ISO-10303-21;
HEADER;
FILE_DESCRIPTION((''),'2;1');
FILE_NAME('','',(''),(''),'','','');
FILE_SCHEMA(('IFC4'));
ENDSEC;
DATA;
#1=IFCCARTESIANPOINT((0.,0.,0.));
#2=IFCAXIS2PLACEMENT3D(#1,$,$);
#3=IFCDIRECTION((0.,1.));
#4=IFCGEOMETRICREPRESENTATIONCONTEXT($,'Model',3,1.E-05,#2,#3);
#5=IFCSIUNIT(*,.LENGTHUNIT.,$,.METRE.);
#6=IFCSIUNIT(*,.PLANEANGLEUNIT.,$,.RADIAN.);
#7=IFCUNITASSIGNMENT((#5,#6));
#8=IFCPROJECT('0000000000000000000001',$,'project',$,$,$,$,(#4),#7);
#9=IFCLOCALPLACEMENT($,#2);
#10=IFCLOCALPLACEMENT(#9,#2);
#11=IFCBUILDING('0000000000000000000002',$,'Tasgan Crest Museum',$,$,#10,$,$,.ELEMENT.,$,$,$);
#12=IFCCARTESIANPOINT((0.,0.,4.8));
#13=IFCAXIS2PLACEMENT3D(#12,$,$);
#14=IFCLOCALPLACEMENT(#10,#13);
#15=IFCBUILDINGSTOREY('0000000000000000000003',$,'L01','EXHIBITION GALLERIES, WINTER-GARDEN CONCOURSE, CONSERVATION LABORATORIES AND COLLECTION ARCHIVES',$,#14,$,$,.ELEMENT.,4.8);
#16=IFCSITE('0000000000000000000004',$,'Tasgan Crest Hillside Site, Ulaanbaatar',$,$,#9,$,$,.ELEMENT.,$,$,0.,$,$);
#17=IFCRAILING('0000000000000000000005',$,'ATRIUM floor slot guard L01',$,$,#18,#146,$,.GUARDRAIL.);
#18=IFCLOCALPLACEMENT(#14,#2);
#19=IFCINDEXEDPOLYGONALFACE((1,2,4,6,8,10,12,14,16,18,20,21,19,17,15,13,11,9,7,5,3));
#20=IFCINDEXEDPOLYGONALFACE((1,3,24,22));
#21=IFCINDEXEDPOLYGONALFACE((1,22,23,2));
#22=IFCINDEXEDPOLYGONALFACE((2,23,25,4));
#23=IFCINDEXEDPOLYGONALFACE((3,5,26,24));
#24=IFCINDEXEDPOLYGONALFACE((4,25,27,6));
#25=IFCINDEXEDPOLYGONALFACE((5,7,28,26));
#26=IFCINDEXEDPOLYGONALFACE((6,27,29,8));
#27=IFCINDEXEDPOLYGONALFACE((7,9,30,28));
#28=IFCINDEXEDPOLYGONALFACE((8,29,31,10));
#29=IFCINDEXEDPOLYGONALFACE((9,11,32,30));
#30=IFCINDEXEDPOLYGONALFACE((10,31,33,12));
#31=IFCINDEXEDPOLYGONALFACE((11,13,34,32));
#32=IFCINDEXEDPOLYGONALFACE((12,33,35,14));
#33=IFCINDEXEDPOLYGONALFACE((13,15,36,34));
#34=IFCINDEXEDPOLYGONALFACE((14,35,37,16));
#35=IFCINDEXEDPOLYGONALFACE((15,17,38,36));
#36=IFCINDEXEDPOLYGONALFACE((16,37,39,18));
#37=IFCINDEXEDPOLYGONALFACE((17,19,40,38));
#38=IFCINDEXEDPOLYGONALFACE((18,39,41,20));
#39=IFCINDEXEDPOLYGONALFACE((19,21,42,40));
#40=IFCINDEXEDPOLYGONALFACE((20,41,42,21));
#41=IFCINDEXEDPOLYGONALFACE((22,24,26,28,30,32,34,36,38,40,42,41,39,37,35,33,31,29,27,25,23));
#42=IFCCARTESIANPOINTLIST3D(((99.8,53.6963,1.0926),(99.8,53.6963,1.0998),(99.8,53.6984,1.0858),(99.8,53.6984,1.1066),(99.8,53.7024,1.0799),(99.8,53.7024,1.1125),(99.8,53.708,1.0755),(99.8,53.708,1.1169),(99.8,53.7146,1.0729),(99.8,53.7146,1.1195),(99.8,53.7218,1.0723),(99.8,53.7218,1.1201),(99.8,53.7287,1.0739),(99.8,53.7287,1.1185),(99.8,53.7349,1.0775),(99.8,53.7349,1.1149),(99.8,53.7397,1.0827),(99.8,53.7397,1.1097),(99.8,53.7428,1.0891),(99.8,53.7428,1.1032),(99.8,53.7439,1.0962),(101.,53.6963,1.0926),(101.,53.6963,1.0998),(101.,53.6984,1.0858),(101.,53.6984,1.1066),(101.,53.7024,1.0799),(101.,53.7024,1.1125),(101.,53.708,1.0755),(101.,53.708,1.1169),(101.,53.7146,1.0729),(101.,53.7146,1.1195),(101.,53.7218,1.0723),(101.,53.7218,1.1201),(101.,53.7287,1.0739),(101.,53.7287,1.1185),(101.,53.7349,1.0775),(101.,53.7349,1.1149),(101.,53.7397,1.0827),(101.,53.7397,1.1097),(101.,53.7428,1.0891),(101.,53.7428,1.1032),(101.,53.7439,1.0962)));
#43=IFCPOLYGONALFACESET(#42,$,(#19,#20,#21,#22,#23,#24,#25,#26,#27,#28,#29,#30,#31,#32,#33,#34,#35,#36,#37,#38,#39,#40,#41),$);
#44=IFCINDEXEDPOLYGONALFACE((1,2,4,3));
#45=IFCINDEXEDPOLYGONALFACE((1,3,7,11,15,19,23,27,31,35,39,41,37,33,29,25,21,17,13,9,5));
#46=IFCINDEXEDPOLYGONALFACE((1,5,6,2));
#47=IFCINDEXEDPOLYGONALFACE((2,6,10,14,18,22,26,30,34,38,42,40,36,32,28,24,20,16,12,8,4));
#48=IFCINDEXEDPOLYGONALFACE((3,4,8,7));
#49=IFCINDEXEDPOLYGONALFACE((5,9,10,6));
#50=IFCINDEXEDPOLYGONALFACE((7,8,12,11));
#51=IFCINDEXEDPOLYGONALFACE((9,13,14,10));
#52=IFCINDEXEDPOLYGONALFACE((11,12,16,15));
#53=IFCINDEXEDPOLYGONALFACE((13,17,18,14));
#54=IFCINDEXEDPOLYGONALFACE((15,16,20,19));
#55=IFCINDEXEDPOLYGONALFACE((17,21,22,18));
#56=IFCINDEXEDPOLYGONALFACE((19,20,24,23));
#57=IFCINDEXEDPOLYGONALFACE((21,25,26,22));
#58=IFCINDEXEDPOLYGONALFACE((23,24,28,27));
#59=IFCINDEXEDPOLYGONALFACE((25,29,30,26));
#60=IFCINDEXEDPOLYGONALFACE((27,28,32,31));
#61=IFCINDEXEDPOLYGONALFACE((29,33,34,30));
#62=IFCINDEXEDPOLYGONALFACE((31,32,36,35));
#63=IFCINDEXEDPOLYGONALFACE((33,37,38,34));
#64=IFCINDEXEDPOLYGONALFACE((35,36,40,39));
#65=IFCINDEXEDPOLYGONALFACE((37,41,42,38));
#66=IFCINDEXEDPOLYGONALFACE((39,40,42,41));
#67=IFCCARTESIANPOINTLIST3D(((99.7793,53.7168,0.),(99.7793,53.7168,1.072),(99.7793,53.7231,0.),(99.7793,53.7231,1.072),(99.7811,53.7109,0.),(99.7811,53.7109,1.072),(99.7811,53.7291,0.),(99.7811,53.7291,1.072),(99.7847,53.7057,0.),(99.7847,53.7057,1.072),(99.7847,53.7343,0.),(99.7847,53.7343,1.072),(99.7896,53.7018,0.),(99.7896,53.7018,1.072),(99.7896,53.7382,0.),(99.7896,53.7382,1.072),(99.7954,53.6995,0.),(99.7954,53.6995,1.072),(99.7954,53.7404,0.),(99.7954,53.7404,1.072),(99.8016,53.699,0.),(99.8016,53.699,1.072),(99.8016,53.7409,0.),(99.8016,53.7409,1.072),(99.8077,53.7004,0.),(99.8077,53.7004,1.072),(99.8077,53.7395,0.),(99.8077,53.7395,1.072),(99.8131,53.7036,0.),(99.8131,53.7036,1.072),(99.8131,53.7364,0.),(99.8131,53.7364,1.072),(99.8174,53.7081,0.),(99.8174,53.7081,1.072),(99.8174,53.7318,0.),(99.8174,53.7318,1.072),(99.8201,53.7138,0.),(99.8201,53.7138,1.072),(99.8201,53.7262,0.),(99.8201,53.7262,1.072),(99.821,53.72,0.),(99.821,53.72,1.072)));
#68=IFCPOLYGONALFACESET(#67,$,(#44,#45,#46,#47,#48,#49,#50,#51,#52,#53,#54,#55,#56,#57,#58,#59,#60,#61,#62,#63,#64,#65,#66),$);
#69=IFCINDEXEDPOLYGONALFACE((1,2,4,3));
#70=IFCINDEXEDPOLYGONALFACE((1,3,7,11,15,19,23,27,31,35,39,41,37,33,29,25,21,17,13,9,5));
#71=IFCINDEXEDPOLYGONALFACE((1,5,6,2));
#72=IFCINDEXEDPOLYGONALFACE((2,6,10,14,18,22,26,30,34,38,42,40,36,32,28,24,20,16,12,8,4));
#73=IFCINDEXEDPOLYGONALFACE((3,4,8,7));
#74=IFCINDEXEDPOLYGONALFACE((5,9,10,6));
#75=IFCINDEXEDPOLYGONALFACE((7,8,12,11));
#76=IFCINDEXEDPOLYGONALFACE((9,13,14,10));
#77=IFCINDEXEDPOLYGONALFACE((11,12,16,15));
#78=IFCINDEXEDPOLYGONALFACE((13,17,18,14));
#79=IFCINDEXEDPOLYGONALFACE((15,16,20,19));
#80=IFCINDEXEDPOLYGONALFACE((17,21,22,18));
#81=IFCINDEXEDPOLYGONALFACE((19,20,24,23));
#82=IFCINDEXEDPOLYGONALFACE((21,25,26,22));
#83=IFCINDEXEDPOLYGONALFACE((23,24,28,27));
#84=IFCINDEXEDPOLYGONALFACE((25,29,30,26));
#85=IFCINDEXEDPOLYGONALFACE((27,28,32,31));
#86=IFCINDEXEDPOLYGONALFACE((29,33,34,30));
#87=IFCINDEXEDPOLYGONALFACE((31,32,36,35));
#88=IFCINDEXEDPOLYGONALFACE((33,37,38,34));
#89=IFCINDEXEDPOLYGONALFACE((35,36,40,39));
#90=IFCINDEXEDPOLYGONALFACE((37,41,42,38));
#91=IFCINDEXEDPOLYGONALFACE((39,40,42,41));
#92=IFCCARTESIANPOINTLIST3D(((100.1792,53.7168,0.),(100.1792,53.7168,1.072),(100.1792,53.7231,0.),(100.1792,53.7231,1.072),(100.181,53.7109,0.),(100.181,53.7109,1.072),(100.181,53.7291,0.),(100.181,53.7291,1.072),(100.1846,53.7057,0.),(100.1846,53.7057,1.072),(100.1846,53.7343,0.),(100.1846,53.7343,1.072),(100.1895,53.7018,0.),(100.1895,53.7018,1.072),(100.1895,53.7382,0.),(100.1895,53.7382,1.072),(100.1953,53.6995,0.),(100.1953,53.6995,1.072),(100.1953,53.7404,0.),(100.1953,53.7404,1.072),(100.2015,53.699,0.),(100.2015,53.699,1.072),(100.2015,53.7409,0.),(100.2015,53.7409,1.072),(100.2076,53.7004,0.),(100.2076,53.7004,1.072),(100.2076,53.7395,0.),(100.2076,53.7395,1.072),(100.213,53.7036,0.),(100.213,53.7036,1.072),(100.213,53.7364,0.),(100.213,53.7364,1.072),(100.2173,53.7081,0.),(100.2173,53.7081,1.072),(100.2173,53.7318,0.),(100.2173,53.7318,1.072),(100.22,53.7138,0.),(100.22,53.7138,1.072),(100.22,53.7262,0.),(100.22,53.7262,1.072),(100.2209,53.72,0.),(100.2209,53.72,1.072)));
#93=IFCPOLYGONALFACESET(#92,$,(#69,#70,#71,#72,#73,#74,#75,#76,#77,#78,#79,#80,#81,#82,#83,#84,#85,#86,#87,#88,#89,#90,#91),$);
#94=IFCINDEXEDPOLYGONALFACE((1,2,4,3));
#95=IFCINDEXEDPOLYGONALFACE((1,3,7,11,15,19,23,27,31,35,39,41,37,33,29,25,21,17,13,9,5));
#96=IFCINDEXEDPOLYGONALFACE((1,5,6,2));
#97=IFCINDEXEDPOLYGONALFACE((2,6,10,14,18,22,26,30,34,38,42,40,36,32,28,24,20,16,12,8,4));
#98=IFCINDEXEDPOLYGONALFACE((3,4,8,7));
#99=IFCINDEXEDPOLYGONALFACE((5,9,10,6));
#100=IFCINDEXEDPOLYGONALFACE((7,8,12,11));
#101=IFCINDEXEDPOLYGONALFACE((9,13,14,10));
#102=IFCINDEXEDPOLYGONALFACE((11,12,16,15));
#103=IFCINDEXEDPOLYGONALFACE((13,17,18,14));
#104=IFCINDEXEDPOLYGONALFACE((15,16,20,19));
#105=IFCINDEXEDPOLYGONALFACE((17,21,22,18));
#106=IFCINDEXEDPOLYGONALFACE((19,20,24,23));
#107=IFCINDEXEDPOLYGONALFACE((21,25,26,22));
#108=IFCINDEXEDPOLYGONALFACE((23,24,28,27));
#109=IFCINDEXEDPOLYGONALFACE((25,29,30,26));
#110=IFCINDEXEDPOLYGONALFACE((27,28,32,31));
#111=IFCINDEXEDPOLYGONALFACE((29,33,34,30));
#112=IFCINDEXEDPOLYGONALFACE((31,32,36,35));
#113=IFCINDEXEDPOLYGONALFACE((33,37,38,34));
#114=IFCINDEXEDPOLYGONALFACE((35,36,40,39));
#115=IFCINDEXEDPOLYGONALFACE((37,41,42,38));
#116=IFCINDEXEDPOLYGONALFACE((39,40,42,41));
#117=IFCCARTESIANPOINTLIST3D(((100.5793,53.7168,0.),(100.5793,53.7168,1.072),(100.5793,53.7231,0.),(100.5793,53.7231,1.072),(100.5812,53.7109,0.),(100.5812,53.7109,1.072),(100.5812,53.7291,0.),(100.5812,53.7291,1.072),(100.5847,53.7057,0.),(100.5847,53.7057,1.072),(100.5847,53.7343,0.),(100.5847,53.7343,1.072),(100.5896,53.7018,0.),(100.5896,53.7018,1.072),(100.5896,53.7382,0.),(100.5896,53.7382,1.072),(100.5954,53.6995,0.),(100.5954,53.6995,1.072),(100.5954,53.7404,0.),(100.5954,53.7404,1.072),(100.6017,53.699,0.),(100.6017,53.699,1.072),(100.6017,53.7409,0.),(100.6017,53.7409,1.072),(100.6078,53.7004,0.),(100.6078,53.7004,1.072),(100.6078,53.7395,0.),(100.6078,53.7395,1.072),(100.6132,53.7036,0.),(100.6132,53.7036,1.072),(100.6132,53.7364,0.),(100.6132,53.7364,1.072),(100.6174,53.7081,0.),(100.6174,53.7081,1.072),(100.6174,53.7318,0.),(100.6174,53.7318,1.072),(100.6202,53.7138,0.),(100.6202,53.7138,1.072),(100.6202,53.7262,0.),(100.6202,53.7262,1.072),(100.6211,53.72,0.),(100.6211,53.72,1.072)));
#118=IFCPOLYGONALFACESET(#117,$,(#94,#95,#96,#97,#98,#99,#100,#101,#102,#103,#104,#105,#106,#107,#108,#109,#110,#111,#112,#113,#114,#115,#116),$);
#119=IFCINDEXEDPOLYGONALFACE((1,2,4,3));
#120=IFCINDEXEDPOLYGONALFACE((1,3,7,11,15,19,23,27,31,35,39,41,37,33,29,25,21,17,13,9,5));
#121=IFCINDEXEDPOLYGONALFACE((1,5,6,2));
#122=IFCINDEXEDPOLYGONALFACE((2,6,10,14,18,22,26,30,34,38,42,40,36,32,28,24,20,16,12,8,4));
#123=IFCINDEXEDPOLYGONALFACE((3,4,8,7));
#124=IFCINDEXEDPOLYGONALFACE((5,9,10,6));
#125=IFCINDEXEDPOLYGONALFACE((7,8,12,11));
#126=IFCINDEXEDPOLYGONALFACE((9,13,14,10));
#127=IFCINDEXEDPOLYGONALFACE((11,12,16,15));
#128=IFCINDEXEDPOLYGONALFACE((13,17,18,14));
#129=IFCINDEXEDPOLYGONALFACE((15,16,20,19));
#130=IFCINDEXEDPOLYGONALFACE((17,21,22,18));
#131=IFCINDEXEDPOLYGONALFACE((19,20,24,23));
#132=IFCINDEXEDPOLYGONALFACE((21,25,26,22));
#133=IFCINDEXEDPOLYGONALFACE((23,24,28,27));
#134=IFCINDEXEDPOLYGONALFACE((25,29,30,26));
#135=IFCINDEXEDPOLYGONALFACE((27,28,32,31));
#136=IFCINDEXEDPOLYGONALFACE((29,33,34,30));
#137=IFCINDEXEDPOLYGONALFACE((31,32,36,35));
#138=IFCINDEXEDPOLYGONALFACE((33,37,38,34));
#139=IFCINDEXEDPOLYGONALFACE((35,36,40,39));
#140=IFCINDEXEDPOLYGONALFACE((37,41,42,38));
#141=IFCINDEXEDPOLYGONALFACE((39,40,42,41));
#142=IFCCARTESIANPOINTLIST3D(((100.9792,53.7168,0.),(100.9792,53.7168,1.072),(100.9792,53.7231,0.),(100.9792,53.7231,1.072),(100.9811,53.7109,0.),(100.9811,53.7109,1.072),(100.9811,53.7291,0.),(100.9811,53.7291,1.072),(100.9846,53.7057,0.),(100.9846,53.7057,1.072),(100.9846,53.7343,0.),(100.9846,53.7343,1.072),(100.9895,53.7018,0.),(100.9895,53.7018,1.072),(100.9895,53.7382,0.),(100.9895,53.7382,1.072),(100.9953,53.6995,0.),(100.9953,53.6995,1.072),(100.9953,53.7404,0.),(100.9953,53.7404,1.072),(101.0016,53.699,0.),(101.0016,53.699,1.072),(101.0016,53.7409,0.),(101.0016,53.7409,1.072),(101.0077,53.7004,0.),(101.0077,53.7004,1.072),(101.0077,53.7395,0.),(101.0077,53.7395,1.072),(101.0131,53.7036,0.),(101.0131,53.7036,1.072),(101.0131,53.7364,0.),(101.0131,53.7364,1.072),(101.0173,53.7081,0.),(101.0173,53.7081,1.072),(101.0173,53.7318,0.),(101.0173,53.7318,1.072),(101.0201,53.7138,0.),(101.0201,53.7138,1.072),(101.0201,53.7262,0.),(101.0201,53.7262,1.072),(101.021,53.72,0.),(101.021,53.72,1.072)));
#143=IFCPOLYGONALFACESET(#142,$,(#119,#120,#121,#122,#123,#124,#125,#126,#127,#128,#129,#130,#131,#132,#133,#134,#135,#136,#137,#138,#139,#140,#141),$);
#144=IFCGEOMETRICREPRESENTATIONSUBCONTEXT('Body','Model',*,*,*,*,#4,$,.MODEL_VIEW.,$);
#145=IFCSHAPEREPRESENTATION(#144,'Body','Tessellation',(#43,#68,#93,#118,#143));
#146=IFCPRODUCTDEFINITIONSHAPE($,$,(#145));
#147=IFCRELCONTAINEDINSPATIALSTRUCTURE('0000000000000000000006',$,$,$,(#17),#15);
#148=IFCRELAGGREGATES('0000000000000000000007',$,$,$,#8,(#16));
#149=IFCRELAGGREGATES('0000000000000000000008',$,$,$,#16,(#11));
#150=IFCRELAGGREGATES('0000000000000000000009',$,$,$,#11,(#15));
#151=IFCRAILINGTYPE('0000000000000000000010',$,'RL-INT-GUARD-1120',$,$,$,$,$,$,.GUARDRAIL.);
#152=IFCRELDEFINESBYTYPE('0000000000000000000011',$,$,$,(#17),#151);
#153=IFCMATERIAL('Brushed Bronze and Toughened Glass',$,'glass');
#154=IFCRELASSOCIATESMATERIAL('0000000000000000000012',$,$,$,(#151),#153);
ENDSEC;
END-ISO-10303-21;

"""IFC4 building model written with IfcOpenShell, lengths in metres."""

from ifc_helpers import new_model, si_unit, direction, frame, origin, origin_2d, place, context, subcontext, project, spatial, circle, extrude, material, type_object, element, save


model = new_model("IFC4")

# Units and contexts
model_context = context("Model", 3, precision=1e-05, world=origin(), true_north=direction((0.0, 1.0)))
body_context = subcontext(model_context, "Body", "Model", "MODEL_VIEW")
ifc_project = project(units=[si_unit("LENGTHUNIT", "METRE"), si_unit("PLANEANGLEUNIT", "RADIAN")], contexts=[model_context])

# Site, building, storey
site_placement = place(None, origin())
site = spatial("IfcSite", under=ifc_project, at=site_placement, Name="Tasgan Crest Hillside Site, Ulaanbaatar", CompositionType="ELEMENT", RefElevation=0.0)
building_placement = place(site_placement, origin())
building = spatial("IfcBuilding", under=site, at=building_placement, Name="Tasgan Crest Museum", CompositionType="ELEMENT")
storey_placement = place(building_placement, frame((0.0, 0.0, 4.8)))
storey = spatial("IfcBuildingStorey", under=building, at=storey_placement, Name="L01", Description="EXHIBITION GALLERIES, WINTER-GARDEN CONCOURSE, CONSERVATION LABORATORIES AND COLLECTION ARCHIVES", CompositionType="ELEMENT", Elevation=4.8)

# Railing
ifc_material_1 = material(Name="Brushed Bronze and Toughened Glass", Category="glass")
railing_type_1 = type_object("IfcRailingType", Name="RL-INT-GUARD-1120", PredefinedType="GUARDRAIL", material=ifc_material_1)
railing_1_placement = place(storey_placement, frame((99.8, 53.72, 0.0)))
element("IfcRailing", 1, at=railing_1_placement, inside=storey, type_object=railing_type_1, Name="ATRIUM floor slot guard L01", PredefinedType="GUARDRAIL", context=body_context, shape_type="SweptSolid", body=[
    extrude(circle(Radius=0.0239, at=origin_2d()), frame((0.0, 0.0, 1.0962), z_axis=(1.0, 0.0, 0.0), x_axis=(0.0, 1.0, 0.0)), (0.0, 0.0, 1.0), 1.2),
    extrude(circle(Radius=0.021, at=origin_2d()), origin(), (0.0, 0.0, 1.0), 1.072),
    extrude(circle(Radius=0.021, at=origin_2d()), frame((0.3999, 0.0, 0.0)), (0.0, 0.0, 1.0), 1.072),
    extrude(circle(Radius=0.021, at=origin_2d()), frame((0.8, 0.0, 0.0)), (0.0, 0.0, 1.0), 1.072),
    extrude(circle(Radius=0.021, at=origin_2d()), frame((1.2, 0.0, 0.0)), (0.0, 0.0, 1.0), 1.072),
])

save(model, "model.ifc")
